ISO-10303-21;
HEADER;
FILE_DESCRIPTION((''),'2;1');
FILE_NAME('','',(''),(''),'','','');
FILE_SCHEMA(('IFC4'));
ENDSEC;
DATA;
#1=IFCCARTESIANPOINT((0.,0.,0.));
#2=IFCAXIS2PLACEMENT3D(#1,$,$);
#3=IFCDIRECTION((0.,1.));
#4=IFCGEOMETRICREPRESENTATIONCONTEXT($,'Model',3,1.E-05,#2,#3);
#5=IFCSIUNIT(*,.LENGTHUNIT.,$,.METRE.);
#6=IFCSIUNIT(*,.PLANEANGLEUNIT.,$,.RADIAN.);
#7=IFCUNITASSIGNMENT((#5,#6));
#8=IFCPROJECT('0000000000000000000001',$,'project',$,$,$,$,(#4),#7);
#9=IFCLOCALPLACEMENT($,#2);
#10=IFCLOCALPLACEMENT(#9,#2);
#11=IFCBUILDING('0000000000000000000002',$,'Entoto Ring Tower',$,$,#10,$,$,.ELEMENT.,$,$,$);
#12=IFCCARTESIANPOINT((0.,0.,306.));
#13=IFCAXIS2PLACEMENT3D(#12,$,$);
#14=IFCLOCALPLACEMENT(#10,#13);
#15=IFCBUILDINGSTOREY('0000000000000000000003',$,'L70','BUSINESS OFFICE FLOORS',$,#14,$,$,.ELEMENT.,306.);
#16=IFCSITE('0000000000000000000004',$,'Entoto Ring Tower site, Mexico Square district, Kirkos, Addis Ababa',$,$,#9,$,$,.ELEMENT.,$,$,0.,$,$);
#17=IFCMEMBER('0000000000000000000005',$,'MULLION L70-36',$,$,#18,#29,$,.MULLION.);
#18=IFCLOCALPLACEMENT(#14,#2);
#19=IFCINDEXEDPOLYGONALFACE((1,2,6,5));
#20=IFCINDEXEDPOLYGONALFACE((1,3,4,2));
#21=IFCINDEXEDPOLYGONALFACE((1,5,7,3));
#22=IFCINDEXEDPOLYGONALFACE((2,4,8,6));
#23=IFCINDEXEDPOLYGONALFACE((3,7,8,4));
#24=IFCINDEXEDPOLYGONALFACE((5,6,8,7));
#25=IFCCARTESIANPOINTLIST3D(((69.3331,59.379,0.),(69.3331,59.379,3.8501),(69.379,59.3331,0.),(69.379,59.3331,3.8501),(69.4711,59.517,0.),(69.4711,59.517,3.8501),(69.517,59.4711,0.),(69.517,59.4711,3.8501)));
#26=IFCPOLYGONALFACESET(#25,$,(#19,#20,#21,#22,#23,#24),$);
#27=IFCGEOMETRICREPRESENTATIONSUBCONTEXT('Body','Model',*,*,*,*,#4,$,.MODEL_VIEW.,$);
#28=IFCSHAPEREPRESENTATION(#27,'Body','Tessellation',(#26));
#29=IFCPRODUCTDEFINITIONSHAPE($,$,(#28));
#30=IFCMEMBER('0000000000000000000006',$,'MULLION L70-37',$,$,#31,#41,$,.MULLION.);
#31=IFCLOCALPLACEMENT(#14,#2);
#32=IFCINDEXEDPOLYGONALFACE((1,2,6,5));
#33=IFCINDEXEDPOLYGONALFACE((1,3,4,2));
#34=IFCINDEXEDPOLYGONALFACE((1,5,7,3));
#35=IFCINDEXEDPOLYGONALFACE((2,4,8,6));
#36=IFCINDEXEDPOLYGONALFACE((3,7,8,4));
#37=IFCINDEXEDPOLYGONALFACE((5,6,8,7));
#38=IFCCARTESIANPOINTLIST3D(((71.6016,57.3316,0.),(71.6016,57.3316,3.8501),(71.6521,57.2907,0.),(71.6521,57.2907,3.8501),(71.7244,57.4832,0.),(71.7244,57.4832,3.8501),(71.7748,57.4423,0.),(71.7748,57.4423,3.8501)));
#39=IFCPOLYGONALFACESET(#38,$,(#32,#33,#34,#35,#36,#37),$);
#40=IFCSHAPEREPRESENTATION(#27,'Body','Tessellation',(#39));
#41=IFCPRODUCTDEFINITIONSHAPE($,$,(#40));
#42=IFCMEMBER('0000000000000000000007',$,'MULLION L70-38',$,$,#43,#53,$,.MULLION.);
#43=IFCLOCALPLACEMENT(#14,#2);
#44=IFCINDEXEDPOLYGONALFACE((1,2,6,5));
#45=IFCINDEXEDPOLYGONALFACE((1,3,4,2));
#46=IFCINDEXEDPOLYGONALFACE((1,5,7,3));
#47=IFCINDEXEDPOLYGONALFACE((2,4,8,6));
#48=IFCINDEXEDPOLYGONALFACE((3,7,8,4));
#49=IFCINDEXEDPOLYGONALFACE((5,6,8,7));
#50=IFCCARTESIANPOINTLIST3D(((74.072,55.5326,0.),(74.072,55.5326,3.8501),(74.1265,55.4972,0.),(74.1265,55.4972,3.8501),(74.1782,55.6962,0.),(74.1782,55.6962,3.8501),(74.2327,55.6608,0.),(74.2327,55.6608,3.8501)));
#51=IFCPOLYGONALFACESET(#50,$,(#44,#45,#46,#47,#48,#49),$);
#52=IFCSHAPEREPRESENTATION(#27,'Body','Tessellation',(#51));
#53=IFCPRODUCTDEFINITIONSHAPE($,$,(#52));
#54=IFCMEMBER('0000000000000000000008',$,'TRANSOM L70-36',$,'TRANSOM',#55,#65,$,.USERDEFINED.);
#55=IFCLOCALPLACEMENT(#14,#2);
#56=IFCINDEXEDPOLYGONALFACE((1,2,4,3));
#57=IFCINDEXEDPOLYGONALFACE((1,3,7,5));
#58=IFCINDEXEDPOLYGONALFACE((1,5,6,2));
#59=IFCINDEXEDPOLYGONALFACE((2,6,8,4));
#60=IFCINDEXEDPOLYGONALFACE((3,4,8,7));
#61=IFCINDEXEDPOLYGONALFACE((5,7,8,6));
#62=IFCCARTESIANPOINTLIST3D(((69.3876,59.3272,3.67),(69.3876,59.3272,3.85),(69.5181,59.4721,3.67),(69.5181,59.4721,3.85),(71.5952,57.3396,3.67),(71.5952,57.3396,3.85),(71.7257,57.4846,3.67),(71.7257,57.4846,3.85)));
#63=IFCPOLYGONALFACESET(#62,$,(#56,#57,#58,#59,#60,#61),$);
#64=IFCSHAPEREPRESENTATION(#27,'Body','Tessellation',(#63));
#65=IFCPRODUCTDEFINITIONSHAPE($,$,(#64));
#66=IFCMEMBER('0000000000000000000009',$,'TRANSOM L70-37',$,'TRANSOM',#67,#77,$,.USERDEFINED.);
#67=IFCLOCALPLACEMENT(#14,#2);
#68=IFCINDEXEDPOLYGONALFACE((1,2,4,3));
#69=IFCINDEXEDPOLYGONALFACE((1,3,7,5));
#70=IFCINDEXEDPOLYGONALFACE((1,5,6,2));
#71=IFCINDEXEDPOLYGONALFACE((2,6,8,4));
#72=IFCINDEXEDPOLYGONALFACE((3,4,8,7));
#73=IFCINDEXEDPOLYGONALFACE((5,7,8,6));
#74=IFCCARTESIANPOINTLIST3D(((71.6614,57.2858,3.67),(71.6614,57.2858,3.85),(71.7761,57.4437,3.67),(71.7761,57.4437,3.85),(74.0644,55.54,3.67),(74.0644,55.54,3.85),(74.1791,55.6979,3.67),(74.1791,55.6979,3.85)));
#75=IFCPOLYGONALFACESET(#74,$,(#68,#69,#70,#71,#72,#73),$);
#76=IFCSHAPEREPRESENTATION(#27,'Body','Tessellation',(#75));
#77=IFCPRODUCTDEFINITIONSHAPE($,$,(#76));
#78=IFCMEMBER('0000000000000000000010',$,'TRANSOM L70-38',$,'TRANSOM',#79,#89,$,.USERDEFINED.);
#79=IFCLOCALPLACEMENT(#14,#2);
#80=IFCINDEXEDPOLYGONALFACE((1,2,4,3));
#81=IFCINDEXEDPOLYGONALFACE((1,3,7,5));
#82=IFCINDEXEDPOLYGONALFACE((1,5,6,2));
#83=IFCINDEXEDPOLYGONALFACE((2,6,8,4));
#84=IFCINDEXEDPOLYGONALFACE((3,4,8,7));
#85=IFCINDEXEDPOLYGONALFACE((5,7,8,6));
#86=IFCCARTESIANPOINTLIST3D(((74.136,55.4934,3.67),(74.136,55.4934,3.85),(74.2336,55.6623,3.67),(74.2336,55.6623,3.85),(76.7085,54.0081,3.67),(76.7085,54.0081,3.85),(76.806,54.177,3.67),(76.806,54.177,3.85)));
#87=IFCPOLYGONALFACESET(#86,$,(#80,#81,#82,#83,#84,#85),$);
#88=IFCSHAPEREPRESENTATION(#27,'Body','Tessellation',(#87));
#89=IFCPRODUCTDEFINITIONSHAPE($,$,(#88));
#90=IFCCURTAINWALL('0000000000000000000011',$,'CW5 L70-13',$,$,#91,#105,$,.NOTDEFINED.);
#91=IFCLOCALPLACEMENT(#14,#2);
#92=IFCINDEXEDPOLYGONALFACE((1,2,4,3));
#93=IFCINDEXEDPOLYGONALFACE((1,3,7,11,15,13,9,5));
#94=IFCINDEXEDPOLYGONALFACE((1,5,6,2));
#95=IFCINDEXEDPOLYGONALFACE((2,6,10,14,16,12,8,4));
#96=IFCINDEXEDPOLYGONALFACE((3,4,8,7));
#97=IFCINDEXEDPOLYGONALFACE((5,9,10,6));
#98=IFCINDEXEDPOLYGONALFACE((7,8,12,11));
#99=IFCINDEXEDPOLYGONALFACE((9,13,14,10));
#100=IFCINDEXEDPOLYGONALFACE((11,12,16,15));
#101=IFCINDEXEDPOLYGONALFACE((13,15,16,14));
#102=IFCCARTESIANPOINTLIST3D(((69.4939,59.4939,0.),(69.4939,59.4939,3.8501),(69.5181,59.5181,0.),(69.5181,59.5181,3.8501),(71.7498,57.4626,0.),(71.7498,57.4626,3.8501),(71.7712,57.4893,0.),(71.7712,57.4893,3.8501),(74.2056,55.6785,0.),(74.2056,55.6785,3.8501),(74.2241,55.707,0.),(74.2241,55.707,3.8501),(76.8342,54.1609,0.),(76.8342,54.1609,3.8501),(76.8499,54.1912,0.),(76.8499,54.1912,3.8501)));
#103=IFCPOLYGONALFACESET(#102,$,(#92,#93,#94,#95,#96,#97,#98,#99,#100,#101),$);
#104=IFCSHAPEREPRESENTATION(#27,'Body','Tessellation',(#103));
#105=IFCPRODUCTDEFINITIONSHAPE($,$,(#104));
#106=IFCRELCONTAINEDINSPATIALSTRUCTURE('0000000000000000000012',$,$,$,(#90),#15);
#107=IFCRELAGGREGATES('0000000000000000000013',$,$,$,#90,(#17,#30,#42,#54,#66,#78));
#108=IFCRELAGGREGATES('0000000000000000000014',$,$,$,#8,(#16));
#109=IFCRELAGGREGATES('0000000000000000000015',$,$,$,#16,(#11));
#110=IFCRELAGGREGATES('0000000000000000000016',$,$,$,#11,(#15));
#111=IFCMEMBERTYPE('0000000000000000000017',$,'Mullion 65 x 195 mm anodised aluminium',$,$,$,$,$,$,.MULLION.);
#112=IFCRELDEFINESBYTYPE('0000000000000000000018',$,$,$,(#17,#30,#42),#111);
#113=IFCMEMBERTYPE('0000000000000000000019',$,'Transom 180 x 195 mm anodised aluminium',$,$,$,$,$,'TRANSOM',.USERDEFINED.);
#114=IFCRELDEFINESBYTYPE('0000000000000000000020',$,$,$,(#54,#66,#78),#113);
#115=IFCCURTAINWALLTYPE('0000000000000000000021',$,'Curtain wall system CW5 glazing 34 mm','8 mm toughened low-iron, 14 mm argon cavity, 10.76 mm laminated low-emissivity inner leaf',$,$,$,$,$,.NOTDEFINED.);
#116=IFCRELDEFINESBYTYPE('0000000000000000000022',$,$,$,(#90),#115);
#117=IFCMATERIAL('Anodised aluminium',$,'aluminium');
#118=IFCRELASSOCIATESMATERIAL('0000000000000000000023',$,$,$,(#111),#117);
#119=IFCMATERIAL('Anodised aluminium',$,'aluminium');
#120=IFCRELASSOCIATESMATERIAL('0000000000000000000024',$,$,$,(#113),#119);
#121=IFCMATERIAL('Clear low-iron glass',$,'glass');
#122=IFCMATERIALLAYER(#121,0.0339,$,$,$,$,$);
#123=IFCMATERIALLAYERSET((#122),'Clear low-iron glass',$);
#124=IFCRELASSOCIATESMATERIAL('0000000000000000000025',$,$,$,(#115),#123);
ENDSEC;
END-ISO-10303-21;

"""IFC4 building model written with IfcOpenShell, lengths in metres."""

from ifc_helpers import new_model, si_unit, direction, frame, origin, origin_2d, place, context, subcontext, project, spatial, polyline, rectangle, outline, extrude, material, layer, layer_set, material_profile, profile_set, type_object, element, aggregate, save


model = new_model("IFC4")

# Units and contexts
model_context = context("Model", 3, precision=1e-05, world=origin(), true_north=direction((0.0, 1.0)))
body_context = subcontext(model_context, "Body", "Model", "MODEL_VIEW")
ifc_project = project(units=[si_unit("LENGTHUNIT", "METRE"), si_unit("PLANEANGLEUNIT", "RADIAN")], contexts=[model_context])

# Members
ifc_material_1 = material(Name="Anodised aluminium", Category="aluminium")
ifc_material_profile_1 = material_profile(ifc_material_1, rectangle(XDim=0.0649, YDim=0.1951, at=origin_2d()), Name="Mullion 65 x 195 mm anodised aluminium")
ifc_profile_set_1 = profile_set([ifc_material_profile_1], Name="Anodised aluminium")
member_type_1 = type_object("IfcMemberType", Name="Mullion 65 x 195 mm anodised aluminium", PredefinedType="MULLION", material=ifc_profile_set_1)
site_placement = place(None, origin())
building_placement = place(site_placement, origin())
storey_placement = place(building_placement, frame((0.0, 0.0, 306.0)))
member_1_placement = place(storey_placement, frame((69.425, 59.425, 0.0), z_axis=(0.0, 0.0, 1.0), x_axis=(0.707107, -0.707107, 0.0)))
member_1 = element("IfcMember", 1, at=member_1_placement, type_object=member_type_1, Name="MULLION L70-36", PredefinedType="MULLION", context=body_context, shape_type="SweptSolid", body=[
    extrude(rectangle(XDim=0.0649, YDim=0.1951, at=origin_2d()), origin(), (0.0, 0.0, 1.0), 3.8501),
])
member_2_placement = place(storey_placement, frame((71.6882, 57.387, 0.0), z_axis=(0.0, 0.0, 1.0), x_axis=(0.777146, -0.62932, 0.0)))
member_2 = element("IfcMember", 2, at=member_2_placement, type_object=member_type_1, Name="MULLION L70-37", PredefinedType="MULLION", context=body_context, shape_type="SweptSolid", body=[
    extrude(rectangle(XDim=0.0649, YDim=0.1951, at=origin_2d()), origin(), (0.0, 0.0, 1.0), 3.8501),
])
member_3_placement = place(storey_placement, frame((74.1523, 55.5967, 0.0), z_axis=(0.0, 0.0, 1.0), x_axis=(0.838671, -0.544639, 0.0)))
member_3 = element("IfcMember", 3, at=member_3_placement, type_object=member_type_1, Name="MULLION L70-38", PredefinedType="MULLION", context=body_context, shape_type="SweptSolid", body=[
    extrude(rectangle(XDim=0.0649, YDim=0.1951, at=origin_2d()), origin(), (0.0, 0.0, 1.0), 3.8501),
])
ifc_material_2 = material(Name="Anodised aluminium", Category="aluminium")
ifc_material_profile_2 = material_profile(ifc_material_2, rectangle(XDim=0.1951, YDim=0.1799, at=origin_2d()), Name="Transom 180 x 195 mm anodised aluminium")
ifc_profile_set_2 = profile_set([ifc_material_profile_2], Name="Anodised aluminium")
member_type_2 = type_object("IfcMemberType", Name="Transom 180 x 195 mm anodised aluminium", ElementType="TRANSOM", PredefinedType="USERDEFINED", material=ifc_profile_set_2)
member_4_placement = place(storey_placement, frame((69.4529, 59.3997, 3.76), z_axis=(0.743163, -0.66911, 0.0), x_axis=(0.66911, 0.743163, 0.0)))
member_4 = element("IfcMember", 4, at=member_4_placement, type_object=member_type_2, Name="TRANSOM L70-36", ObjectType="TRANSOM", PredefinedType="USERDEFINED", context=body_context, shape_type="SweptSolid", body=[
    extrude(rectangle(XDim=0.1951, YDim=0.1799, at=origin_2d()), origin(), (0.0, 0.0, 1.0), 2.9705),
])
member_5_placement = place(storey_placement, frame((71.7188, 57.3647, 3.76), z_axis=(0.809031, -0.587766, 0.0), x_axis=(0.587766, 0.809031, 0.0)))
member_5 = element("IfcMember", 5, at=member_5_placement, type_object=member_type_2, Name="TRANSOM L70-37", ObjectType="TRANSOM", PredefinedType="USERDEFINED", context=body_context, shape_type="SweptSolid", body=[
    extrude(rectangle(XDim=0.1951, YDim=0.1799, at=origin_2d()), origin(), (0.0, 0.0, 1.0), 2.9702),
])
member_6_placement = place(storey_placement, frame((74.1848, 55.5779, 3.76), z_axis=(0.866009, -0.500028, 0.0), x_axis=(0.500028, 0.866009, 0.0)))
member_6 = element("IfcMember", 6, at=member_6_placement, type_object=member_type_2, Name="TRANSOM L70-38", ObjectType="TRANSOM", PredefinedType="USERDEFINED", context=body_context, shape_type="SweptSolid", body=[
    extrude(rectangle(XDim=0.1951, YDim=0.1799, at=origin_2d()), origin(), (0.0, 0.0, 1.0), 2.9705),
])

# Site, building, storey
site = spatial("IfcSite", under=ifc_project, at=site_placement, Name="Entoto Ring Tower site, Mexico Square district, Kirkos, Addis Ababa", CompositionType="ELEMENT", RefElevation=0.0)
building = spatial("IfcBuilding", under=site, at=building_placement, Name="Entoto Ring Tower", CompositionType="ELEMENT")
storey = spatial("IfcBuildingStorey", under=building, at=storey_placement, Name="L70", Description="BUSINESS OFFICE FLOORS", CompositionType="ELEMENT", Elevation=306.0)

# Curtain wall
ifc_material_3 = material(Name="Clear low-iron glass", Category="glass")
ifc_layer = layer(ifc_material_3, 0.0339)
ifc_layer_set = layer_set([ifc_layer], Name="Clear low-iron glass")
curtain_wall_type = type_object("IfcCurtainWallType", Name="Curtain wall system CW5 glazing 34 mm", Description="8 mm toughened low-iron, 14 mm argon cavity, 10.76 mm laminated low-emissivity inner leaf", PredefinedType="NOTDEFINED", material=ifc_layer_set)
curtain_wall_1_placement = place(storey_placement, origin())
curtain_wall_1 = element("IfcCurtainWall", 7, at=curtain_wall_1_placement, inside=storey, type_object=curtain_wall_type, Name="CW5 L70-13", PredefinedType="NOTDEFINED", context=body_context, shape_type="SweptSolid", body=[
    extrude(outline(polyline([(69.4939, 59.4939), (71.7498, 57.4626), (74.2056, 55.6785), (76.8342, 54.1609), (76.8499, 54.1912), (74.2241, 55.707), (71.7712, 57.4893), (69.5181, 59.5181), (69.4939, 59.4939)])), origin(), (0.0, 0.0, 1.0), 3.8501),
])
aggregate(curtain_wall_1, [member_1, member_2, member_3, member_4, member_5, member_6])

save(model, "model.ifc")
